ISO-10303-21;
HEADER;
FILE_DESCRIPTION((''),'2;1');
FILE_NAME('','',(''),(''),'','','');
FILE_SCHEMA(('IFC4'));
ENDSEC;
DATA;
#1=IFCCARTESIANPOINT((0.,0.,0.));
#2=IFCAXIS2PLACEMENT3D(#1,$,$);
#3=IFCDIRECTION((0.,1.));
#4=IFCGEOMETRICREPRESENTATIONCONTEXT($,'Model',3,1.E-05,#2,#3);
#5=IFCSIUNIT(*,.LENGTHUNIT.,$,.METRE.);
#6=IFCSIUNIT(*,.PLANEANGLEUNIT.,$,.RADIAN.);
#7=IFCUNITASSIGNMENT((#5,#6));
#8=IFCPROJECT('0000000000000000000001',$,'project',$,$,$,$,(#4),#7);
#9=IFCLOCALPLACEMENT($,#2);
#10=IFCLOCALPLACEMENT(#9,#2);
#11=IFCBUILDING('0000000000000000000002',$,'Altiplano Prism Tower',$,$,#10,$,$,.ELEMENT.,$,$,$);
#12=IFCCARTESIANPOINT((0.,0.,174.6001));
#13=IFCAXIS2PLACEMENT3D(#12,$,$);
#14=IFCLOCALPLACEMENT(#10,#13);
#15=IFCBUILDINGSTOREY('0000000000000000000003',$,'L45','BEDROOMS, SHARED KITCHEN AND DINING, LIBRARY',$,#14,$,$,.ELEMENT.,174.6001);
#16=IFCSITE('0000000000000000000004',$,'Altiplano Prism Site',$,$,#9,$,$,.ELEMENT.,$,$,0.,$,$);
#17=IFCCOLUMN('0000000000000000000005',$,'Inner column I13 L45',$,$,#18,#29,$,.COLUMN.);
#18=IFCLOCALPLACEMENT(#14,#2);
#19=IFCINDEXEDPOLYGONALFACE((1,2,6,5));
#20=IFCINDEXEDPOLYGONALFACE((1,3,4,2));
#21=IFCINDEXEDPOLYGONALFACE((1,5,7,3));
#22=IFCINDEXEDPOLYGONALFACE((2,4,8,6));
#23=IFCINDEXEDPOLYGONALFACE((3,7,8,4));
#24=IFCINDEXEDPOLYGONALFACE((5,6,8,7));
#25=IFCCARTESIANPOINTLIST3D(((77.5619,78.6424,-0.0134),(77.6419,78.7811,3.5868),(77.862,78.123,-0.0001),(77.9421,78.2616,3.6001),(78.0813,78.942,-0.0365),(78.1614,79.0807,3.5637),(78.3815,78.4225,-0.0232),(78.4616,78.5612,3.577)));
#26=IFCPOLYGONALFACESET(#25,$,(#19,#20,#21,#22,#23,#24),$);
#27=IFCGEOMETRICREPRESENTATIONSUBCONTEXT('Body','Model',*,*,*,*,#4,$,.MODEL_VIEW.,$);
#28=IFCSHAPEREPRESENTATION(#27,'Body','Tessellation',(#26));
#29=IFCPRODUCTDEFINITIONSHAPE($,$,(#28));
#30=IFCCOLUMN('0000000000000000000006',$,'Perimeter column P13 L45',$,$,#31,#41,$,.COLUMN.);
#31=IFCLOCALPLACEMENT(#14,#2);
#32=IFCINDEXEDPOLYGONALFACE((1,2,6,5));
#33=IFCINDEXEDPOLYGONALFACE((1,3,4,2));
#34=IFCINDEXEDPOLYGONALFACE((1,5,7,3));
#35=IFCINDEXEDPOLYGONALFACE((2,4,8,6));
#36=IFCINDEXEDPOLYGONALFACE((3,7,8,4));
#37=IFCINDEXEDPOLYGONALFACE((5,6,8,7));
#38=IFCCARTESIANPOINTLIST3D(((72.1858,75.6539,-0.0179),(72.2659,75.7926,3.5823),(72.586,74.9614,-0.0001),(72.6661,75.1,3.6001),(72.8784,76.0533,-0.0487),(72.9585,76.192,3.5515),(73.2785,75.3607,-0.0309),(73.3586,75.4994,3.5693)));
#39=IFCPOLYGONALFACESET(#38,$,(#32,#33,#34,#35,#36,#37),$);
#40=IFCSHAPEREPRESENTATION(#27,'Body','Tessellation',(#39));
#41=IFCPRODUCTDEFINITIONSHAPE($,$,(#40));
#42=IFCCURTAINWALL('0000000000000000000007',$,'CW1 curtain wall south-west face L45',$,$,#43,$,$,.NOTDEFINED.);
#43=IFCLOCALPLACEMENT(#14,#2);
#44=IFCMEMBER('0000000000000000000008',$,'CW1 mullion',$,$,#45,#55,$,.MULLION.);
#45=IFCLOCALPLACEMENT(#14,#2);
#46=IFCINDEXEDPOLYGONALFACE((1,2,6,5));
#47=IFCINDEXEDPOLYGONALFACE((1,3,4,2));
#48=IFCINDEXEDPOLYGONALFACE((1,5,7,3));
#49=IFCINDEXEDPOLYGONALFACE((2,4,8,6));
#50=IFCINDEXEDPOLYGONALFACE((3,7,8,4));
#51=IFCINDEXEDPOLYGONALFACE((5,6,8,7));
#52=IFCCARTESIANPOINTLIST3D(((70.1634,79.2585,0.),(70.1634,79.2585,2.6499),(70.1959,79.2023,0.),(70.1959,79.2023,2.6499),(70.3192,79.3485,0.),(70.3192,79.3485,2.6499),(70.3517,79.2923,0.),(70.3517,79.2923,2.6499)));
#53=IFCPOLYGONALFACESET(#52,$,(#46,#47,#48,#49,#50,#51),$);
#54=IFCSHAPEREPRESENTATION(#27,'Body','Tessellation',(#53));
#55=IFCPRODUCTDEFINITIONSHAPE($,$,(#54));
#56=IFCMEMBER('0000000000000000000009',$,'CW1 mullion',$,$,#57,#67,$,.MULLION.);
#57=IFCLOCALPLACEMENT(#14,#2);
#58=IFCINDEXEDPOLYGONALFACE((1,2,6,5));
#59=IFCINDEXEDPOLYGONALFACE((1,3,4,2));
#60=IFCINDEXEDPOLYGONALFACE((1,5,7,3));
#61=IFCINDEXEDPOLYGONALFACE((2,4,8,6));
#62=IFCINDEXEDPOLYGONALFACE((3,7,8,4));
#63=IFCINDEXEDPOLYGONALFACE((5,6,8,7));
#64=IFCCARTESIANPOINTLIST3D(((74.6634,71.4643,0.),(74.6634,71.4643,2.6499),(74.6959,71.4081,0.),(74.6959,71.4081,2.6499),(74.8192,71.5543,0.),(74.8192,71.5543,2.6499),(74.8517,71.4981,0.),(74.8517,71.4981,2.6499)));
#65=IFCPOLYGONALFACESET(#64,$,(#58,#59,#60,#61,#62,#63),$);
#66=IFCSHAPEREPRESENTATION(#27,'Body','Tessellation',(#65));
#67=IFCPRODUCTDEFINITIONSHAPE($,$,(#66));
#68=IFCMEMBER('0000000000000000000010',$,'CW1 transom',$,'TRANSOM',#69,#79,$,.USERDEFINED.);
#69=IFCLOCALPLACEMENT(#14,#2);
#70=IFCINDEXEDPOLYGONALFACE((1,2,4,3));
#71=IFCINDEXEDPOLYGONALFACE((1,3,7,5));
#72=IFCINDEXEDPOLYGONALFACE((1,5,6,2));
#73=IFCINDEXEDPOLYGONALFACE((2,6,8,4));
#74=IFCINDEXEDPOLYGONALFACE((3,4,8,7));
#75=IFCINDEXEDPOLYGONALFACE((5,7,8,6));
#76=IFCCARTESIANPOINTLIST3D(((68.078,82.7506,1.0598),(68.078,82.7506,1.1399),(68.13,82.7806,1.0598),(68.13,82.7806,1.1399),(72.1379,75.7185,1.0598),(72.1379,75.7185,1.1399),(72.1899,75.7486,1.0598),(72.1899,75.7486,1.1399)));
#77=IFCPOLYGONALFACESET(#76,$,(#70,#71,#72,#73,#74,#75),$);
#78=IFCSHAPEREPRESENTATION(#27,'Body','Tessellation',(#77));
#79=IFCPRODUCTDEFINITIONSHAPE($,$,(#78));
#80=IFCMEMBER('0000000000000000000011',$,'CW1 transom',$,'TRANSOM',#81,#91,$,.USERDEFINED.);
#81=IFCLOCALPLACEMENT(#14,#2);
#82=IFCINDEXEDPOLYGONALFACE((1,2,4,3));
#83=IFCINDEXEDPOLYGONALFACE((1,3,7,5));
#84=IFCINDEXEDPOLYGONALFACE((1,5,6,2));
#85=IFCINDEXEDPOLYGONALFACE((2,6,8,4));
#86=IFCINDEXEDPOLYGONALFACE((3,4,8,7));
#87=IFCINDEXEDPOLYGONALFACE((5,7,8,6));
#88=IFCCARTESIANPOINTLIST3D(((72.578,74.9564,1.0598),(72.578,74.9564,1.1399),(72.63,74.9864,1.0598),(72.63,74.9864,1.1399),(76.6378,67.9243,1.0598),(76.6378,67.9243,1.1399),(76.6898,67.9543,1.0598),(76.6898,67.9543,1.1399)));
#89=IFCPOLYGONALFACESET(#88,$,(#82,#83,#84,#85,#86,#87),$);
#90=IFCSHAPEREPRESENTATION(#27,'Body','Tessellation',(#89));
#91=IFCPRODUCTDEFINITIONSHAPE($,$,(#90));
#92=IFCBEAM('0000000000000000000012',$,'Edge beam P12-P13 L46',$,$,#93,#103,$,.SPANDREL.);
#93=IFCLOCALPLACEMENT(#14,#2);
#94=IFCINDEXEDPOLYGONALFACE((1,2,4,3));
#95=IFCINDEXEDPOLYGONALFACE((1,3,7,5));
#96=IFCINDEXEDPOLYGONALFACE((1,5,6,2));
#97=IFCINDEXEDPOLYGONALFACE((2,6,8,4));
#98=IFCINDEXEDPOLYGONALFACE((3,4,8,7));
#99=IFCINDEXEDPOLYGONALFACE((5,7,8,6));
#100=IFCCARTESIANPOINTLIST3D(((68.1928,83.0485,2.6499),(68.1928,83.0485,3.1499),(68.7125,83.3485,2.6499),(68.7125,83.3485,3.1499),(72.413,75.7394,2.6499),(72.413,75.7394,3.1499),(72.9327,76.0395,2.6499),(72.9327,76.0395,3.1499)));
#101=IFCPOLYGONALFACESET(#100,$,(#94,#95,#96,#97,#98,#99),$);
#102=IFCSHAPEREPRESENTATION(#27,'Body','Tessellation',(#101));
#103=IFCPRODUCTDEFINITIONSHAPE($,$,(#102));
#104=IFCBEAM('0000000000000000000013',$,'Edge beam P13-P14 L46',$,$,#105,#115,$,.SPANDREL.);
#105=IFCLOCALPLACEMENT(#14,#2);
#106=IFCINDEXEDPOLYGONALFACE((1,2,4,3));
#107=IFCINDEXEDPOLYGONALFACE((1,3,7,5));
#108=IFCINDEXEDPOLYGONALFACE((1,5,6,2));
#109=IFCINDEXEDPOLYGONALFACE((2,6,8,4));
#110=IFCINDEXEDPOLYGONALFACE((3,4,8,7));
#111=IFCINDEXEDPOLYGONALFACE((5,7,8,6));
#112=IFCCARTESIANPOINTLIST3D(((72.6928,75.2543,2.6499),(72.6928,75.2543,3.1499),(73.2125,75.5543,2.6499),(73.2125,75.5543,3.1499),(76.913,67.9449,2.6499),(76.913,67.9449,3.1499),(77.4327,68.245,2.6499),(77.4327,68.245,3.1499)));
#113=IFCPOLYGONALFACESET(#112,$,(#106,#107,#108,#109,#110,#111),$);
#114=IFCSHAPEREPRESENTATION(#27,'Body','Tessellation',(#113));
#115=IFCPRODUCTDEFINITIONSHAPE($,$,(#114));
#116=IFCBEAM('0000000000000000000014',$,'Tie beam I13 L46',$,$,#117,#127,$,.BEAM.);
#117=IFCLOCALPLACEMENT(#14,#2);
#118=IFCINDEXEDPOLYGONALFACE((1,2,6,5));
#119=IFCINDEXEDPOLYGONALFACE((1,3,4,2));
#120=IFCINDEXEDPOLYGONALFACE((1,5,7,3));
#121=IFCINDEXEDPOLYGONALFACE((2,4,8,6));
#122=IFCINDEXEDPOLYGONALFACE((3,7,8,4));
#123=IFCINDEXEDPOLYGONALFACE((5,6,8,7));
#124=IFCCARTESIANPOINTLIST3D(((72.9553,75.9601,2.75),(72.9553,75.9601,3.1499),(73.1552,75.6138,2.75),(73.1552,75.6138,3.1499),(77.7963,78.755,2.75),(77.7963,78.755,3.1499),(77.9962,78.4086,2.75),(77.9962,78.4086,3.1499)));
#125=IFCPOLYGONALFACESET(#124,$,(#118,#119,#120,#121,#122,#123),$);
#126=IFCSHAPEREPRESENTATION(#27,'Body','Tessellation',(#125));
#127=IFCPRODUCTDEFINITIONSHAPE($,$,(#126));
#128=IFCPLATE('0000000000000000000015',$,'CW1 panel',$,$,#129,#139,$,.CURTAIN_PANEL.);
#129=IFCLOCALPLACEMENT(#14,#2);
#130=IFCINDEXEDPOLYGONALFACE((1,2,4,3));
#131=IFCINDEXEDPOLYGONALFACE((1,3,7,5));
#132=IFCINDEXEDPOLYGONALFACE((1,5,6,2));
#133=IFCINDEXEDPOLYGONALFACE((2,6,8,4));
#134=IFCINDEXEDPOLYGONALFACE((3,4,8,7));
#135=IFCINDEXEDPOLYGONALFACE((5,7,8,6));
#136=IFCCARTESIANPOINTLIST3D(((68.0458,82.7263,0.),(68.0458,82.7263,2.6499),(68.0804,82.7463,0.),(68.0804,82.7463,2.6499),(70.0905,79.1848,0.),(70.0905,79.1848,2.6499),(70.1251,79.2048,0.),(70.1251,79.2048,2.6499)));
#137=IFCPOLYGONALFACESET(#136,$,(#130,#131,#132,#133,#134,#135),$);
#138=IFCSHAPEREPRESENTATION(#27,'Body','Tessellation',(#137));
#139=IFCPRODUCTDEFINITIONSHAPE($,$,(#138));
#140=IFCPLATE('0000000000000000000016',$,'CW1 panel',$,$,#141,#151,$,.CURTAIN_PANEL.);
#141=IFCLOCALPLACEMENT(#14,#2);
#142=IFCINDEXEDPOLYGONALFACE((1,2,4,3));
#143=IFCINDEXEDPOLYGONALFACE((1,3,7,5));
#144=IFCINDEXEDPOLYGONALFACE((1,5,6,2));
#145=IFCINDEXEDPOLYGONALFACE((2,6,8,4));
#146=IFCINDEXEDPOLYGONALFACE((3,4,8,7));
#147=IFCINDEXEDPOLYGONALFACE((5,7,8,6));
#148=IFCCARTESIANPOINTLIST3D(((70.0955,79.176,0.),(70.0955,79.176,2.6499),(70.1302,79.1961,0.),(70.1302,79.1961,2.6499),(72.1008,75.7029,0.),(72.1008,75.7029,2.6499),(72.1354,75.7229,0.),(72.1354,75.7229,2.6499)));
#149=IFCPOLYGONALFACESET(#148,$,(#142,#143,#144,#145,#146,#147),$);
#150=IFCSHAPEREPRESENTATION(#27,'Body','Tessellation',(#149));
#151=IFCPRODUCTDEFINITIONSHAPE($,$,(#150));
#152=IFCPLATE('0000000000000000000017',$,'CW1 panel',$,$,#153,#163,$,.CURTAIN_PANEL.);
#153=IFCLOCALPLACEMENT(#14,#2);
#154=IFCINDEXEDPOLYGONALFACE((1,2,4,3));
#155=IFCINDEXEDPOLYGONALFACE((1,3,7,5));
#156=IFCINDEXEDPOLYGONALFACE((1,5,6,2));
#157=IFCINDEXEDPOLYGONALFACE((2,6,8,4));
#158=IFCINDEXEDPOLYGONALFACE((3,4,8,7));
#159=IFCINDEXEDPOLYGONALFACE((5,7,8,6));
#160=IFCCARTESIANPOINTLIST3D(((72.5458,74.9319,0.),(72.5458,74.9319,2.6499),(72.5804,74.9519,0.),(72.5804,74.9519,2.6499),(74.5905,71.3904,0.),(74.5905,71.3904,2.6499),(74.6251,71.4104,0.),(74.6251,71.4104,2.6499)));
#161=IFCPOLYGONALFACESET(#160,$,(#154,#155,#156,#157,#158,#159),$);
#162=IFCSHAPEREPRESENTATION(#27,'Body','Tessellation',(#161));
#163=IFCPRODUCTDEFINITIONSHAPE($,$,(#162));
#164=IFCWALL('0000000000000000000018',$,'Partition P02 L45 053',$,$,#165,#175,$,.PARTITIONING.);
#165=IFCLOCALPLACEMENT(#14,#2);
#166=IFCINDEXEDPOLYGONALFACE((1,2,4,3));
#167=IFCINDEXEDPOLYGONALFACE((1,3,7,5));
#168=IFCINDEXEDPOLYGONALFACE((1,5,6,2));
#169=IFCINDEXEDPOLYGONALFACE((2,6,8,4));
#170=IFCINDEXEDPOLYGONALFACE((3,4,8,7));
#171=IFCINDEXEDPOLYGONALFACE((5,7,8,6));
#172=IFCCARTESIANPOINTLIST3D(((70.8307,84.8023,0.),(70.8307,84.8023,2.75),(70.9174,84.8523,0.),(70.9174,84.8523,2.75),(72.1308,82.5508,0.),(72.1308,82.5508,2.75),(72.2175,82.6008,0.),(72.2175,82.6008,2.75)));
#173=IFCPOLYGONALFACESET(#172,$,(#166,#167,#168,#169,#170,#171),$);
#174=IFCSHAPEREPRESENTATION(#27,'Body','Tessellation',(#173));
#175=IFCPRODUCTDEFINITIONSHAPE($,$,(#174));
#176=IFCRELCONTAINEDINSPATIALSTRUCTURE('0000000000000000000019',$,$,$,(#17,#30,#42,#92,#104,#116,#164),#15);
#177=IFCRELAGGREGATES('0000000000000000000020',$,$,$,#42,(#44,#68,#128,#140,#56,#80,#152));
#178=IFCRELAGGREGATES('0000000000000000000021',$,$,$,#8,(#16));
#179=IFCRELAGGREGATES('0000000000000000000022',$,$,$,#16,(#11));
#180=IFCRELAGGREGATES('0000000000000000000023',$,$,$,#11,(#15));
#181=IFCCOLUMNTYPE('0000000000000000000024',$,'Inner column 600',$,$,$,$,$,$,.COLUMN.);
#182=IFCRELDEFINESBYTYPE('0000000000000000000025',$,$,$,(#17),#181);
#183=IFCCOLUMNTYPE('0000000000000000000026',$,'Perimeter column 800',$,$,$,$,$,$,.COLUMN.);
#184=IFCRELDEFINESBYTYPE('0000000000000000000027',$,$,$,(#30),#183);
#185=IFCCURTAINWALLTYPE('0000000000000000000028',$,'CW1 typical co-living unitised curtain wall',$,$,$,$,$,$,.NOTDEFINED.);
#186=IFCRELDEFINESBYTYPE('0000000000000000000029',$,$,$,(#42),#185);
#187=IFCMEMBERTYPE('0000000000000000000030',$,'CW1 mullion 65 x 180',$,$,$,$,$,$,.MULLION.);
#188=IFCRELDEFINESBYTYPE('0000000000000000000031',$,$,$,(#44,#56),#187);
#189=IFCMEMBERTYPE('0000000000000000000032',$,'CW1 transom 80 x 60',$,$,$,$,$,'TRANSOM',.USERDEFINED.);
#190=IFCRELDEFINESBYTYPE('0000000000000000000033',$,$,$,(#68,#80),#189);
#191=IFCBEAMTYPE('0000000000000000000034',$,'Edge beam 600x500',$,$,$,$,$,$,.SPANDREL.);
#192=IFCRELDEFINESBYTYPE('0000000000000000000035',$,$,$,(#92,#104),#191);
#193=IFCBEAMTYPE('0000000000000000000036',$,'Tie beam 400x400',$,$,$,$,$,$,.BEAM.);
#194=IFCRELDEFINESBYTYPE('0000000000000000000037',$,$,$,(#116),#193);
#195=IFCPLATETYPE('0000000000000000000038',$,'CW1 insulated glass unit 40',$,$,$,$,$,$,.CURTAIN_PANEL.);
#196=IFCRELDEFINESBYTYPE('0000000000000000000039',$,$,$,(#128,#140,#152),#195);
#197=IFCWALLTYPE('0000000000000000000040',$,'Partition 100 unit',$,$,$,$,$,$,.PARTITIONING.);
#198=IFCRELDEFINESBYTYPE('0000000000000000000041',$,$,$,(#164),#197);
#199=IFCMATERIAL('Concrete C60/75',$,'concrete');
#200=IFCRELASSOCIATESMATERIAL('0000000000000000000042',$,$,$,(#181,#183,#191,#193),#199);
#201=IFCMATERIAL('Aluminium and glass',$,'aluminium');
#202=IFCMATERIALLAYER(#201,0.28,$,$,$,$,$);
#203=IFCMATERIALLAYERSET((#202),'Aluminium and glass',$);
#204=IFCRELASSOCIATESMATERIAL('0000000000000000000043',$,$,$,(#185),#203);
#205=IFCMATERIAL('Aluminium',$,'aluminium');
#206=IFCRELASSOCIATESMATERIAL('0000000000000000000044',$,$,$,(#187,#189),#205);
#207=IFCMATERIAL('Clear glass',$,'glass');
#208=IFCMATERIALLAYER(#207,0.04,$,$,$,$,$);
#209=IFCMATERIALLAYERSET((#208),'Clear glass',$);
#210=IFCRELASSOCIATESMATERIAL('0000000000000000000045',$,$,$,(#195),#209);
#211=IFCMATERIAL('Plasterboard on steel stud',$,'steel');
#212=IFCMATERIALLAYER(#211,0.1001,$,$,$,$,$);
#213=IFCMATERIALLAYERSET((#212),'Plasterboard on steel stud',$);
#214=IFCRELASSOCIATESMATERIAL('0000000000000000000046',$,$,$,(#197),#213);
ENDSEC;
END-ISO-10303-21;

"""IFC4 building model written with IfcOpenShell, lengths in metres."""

from ifc_helpers import new_model, si_unit, direction, frame, frame_2d, origin, origin_2d, place, context, subcontext, project, spatial, rectangle, extrude, material, layer, layer_set, material_profile, profile_set, type_object, element, aggregate, save


model = new_model("IFC4")

# Units and contexts
model_context = context("Model", 3, precision=1e-05, world=origin(), true_north=direction((0.0, 1.0)))
body_context = subcontext(model_context, "Body", "Model", "MODEL_VIEW")
ifc_project = project(units=[si_unit("LENGTHUNIT", "METRE"), si_unit("PLANEANGLEUNIT", "RADIAN")], contexts=[model_context])

# Site, building, storey
site_placement = place(None, origin())
site = spatial("IfcSite", under=ifc_project, at=site_placement, Name="Altiplano Prism Site", CompositionType="ELEMENT", RefElevation=0.0)
building_placement = place(site_placement, origin())
building = spatial("IfcBuilding", under=site, at=building_placement, Name="Altiplano Prism Tower", CompositionType="ELEMENT")
storey_placement = place(building_placement, frame((0.0, 0.0, 174.6001)))
storey = spatial("IfcBuildingStorey", under=building, at=storey_placement, Name="L45", Description="BEDROOMS, SHARED KITCHEN AND DINING, LIBRARY", CompositionType="ELEMENT", Elevation=174.6001)

# Columns
ifc_material_1 = material(Name="Concrete C60/75", Category="concrete")
ifc_material_profile_1 = material_profile(ifc_material_1, rectangle(XDim=0.6001, YDim=0.6001, at=origin_2d()), Name="Inner column 600")
ifc_profile_set_1 = profile_set([ifc_material_profile_1], Name="Concrete C60/75")
column_type_1 = type_object("IfcColumnType", Name="Inner column 600", PredefinedType="COLUMN", material=ifc_profile_set_1)
column_1_placement = place(storey_placement, frame((77.9717, 78.5325, -0.0183), z_axis=(0.022221, 0.038481, 0.999012), x_axis=(-0.865639, -0.499187, 0.038483)))
element("IfcColumn", 1, at=column_1_placement, inside=storey, type_object=column_type_1, Name="Inner column I13 L45", PredefinedType="COLUMN", context=body_context, shape_type="SweptSolid", body=[
    extrude(rectangle(XDim=0.6001, YDim=0.6001, at=origin_2d()), origin(), (0.0, 0.0, 1.0), 3.6038),
])
ifc_material_profile_2 = material_profile(ifc_material_1, rectangle(XDim=0.8, YDim=0.8, at=origin_2d()), Name="Perimeter column 800")
ifc_profile_set_2 = profile_set([ifc_material_profile_2], Name="Concrete C60/75")
column_type_2 = type_object("IfcColumnType", Name="Perimeter column 800", PredefinedType="COLUMN", material=ifc_profile_set_2)
column_2_placement = place(storey_placement, frame((72.7322, 75.5073, -0.0244), z_axis=(0.022221, 0.038481, 0.999012), x_axis=(-0.865639, -0.499187, 0.038483)))
element("IfcColumn", 2, at=column_2_placement, inside=storey, type_object=column_type_2, Name="Perimeter column P13 L45", PredefinedType="COLUMN", context=body_context, shape_type="SweptSolid", body=[
    extrude(rectangle(XDim=0.8, YDim=0.8, at=origin_2d()), origin(), (0.0, 0.0, 1.0), 3.6038),
])

# Curtain wall, members
ifc_material_2 = material(Name="Aluminium and glass", Category="aluminium")
ifc_layer_1 = layer(ifc_material_2, 0.28)
ifc_layer_set_1 = layer_set([ifc_layer_1], Name="Aluminium and glass")
curtain_wall_type = type_object("IfcCurtainWallType", Name="CW1 typical co-living unitised curtain wall", PredefinedType="NOTDEFINED", material=ifc_layer_set_1)
curtain_wall_placement = place(storey_placement, origin())
curtain_wall = element("IfcCurtainWall", 3, at=curtain_wall_placement, inside=storey, type_object=curtain_wall_type, Name="CW1 curtain wall south-west face L45", PredefinedType="NOTDEFINED")
ifc_material_3 = material(Name="Aluminium", Category="aluminium")
ifc_material_profile_3 = material_profile(ifc_material_3, rectangle(XDim=0.1799, YDim=0.0649, at=origin_2d()), Name="CW1 mullion 65 x 180")
ifc_profile_set_3 = profile_set([ifc_material_profile_3], Name="Aluminium")
member_type_1 = type_object("IfcMemberType", Name="CW1 mullion 65 x 180", PredefinedType="MULLION", material=ifc_profile_set_3)
member_1_placement = place(storey_placement, frame((70.2576, 79.2754, 0.0), z_axis=(0.0, 0.0, 1.0), x_axis=(0.866025, 0.5, 0.0)))
member_1 = element("IfcMember", 4, at=member_1_placement, type_object=member_type_1, Name="CW1 mullion", PredefinedType="MULLION", context=body_context, shape_type="SweptSolid", body=[
    extrude(rectangle(XDim=0.1799, YDim=0.0649, at=origin_2d()), origin(), (0.0, 0.0, 1.0), 2.6499),
])
member_2_placement = place(storey_placement, frame((74.7576, 71.4812, 0.0), z_axis=(0.0, 0.0, 1.0), x_axis=(0.866025, 0.5, 0.0)))
member_2 = element("IfcMember", 5, at=member_2_placement, type_object=member_type_1, Name="CW1 mullion", PredefinedType="MULLION", context=body_context, shape_type="SweptSolid", body=[
    extrude(rectangle(XDim=0.1799, YDim=0.0649, at=origin_2d()), origin(), (0.0, 0.0, 1.0), 2.6499),
])
ifc_material_profile_4 = material_profile(ifc_material_3, rectangle(XDim=0.0601, YDim=0.0801, at=origin_2d()), Name="CW1 transom 80 x 60")
ifc_profile_set_4 = profile_set([ifc_material_profile_4], Name="Aluminium")
member_type_2 = type_object("IfcMemberType", Name="CW1 transom 80 x 60", ElementType="TRANSOM", PredefinedType="USERDEFINED", material=ifc_profile_set_4)
member_3_placement = place(storey_placement, frame((68.104, 82.7656, 1.0999), z_axis=(0.499991, -0.866031, 0.0), x_axis=(0.866031, 0.499991, 0.0)))
member_3 = element("IfcMember", 6, at=member_3_placement, type_object=member_type_2, Name="CW1 transom", ObjectType="TRANSOM", PredefinedType="USERDEFINED", context=body_context, shape_type="SweptSolid", body=[
    extrude(rectangle(XDim=0.0601, YDim=0.0801, at=origin_2d()), origin(), (0.0, 0.0, 1.0), 8.1199),
])
member_4_placement = place(storey_placement, frame((72.604, 74.9714, 1.0999), z_axis=(0.499978, -0.866038, 0.0), x_axis=(0.866038, 0.499978, 0.0)))
member_4 = element("IfcMember", 7, at=member_4_placement, type_object=member_type_2, Name="CW1 transom", ObjectType="TRANSOM", PredefinedType="USERDEFINED", context=body_context, shape_type="SweptSolid", body=[
    extrude(rectangle(XDim=0.0601, YDim=0.0801, at=origin_2d()), origin(), (0.0, 0.0, 1.0), 8.1199),
])

# Beams
ifc_material_profile_5 = material_profile(ifc_material_1, rectangle(XDim=0.6001, YDim=0.5, at=origin_2d()), Name="Edge beam 600x500")
ifc_profile_set_5 = profile_set([ifc_material_profile_5], Name="Concrete C60/75")
beam_type_1 = type_object("IfcBeamType", Name="Edge beam 600x500", PredefinedType="SPANDREL", material=ifc_profile_set_5)
beam_1_placement = place(storey_placement, frame((68.4526, 83.1985, 2.8999), z_axis=(0.500028, -0.866009, 0.0), x_axis=(0.866009, 0.500028, 0.0)))
element("IfcBeam", 8, at=beam_1_placement, inside=storey, type_object=beam_type_1, Name="Edge beam P12-P13 L46", PredefinedType="SPANDREL", context=body_context, shape_type="SweptSolid", body=[
    extrude(rectangle(XDim=0.6001, YDim=0.5, at=origin_2d()), origin(), (0.0, 0.0, 1.0), 8.4399),
])
beam_2_placement = place(storey_placement, frame((72.9526, 75.4043, 2.8999), z_axis=(0.500015, -0.866017, 0.0), x_axis=(0.866017, 0.500015, 0.0)))
element("IfcBeam", 9, at=beam_2_placement, inside=storey, type_object=beam_type_1, Name="Edge beam P13-P14 L46", PredefinedType="SPANDREL", context=body_context, shape_type="SweptSolid", body=[
    extrude(rectangle(XDim=0.6001, YDim=0.5, at=origin_2d()), origin(), (0.0, 0.0, 1.0), 8.4402),
])
ifc_material_profile_6 = material_profile(ifc_material_1, rectangle(XDim=0.3999, YDim=0.3999, at=origin_2d()), Name="Tie beam 400x400")
ifc_profile_set_6 = profile_set([ifc_material_profile_6], Name="Concrete C60/75")
beam_type_2 = type_object("IfcBeamType", Name="Tie beam 400x400", PredefinedType="BEAM", material=ifc_profile_set_6)
beam_3_placement = place(storey_placement, frame((77.8962, 78.5818, 2.95), z_axis=(-0.866031, -0.499991, 0.0), x_axis=(0.499991, -0.866031, 0.0)))
element("IfcBeam", 10, at=beam_3_placement, inside=storey, type_object=beam_type_2, Name="Tie beam I13 L46", PredefinedType="BEAM", context=body_context, shape_type="SweptSolid", body=[
    extrude(rectangle(XDim=0.3999, YDim=0.3999, at=origin_2d()), origin(), (0.0, 0.0, 1.0), 5.5898),
])

# Plates
ifc_material_4 = material(Name="Clear glass", Category="glass")
ifc_layer_2 = layer(ifc_material_4, 0.04)
ifc_layer_set_2 = layer_set([ifc_layer_2], Name="Clear glass")
plate_type = type_object("IfcPlateType", Name="CW1 insulated glass unit 40", PredefinedType="CURTAIN_PANEL", material=ifc_layer_set_2)
plate_1_placement = place(storey_placement, frame((69.0854, 80.9656, 0.0), z_axis=(0.0, 0.0, 1.0), x_axis=(0.5, -0.866025, 0.0)))
plate_1 = element("IfcPlate", 11, at=plate_1_placement, type_object=plate_type, Name="CW1 panel", PredefinedType="CURTAIN_PANEL", context=body_context, shape_type="SweptSolid", body=[
    extrude(rectangle(XDim=4.0894, YDim=0.04, at=origin_2d()), origin(), (0.0, 0.0, 1.0), 2.6499),
])
plate_2_placement = place(storey_placement, frame((71.1155, 77.4495, 0.0), z_axis=(0.0, 0.0, 1.0), x_axis=(0.5, -0.866025, 0.0)))
plate_2 = element("IfcPlate", 12, at=plate_2_placement, type_object=plate_type, Name="CW1 panel", PredefinedType="CURTAIN_PANEL", context=body_context, shape_type="SweptSolid", body=[
    extrude(rectangle(XDim=4.0105, YDim=0.04, at=origin_2d()), origin(), (0.0, 0.0, 1.0), 2.6499),
])
plate_3_placement = place(storey_placement, frame((73.5854, 73.1711, 0.0), z_axis=(0.0, 0.0, 1.0), x_axis=(0.5, -0.866025, 0.0)))
plate_3 = element("IfcPlate", 13, at=plate_3_placement, type_object=plate_type, Name="CW1 panel", PredefinedType="CURTAIN_PANEL", context=body_context, shape_type="SweptSolid", body=[
    extrude(rectangle(XDim=4.0894, YDim=0.04, at=origin_2d()), origin(), (0.0, 0.0, 1.0), 2.6499),
])
aggregate(curtain_wall, [member_1, member_3, plate_1, plate_2, member_2, member_4, plate_3])

# Wall
ifc_material_5 = material(Name="Plasterboard on steel stud", Category="steel")
ifc_layer_3 = layer(ifc_material_5, 0.1001)
ifc_layer_set_3 = layer_set([ifc_layer_3], Name="Plasterboard on steel stud")
wall_type_1 = type_object("IfcWallType", Name="Partition 100 unit", PredefinedType="PARTITIONING", material=ifc_layer_set_3)
wall_1_placement = place(storey_placement, frame((72.1741, 82.5759, 0.0), z_axis=(0.0, 0.0, 1.0), x_axis=(-0.500048, 0.865998, 0.0)))
element("IfcWall", 14, at=wall_1_placement, inside=storey, type_object=wall_type_1, Name="Partition P02 L45 053", PredefinedType="PARTITIONING", context=body_context, shape_type="SweptSolid", body=[
    extrude(rectangle(XDim=2.5999, YDim=0.1001, at=frame_2d((1.2998, 0.0))), origin(), (0.0, 0.0, 1.0), 2.75),
])

save(model, "model.ifc")
